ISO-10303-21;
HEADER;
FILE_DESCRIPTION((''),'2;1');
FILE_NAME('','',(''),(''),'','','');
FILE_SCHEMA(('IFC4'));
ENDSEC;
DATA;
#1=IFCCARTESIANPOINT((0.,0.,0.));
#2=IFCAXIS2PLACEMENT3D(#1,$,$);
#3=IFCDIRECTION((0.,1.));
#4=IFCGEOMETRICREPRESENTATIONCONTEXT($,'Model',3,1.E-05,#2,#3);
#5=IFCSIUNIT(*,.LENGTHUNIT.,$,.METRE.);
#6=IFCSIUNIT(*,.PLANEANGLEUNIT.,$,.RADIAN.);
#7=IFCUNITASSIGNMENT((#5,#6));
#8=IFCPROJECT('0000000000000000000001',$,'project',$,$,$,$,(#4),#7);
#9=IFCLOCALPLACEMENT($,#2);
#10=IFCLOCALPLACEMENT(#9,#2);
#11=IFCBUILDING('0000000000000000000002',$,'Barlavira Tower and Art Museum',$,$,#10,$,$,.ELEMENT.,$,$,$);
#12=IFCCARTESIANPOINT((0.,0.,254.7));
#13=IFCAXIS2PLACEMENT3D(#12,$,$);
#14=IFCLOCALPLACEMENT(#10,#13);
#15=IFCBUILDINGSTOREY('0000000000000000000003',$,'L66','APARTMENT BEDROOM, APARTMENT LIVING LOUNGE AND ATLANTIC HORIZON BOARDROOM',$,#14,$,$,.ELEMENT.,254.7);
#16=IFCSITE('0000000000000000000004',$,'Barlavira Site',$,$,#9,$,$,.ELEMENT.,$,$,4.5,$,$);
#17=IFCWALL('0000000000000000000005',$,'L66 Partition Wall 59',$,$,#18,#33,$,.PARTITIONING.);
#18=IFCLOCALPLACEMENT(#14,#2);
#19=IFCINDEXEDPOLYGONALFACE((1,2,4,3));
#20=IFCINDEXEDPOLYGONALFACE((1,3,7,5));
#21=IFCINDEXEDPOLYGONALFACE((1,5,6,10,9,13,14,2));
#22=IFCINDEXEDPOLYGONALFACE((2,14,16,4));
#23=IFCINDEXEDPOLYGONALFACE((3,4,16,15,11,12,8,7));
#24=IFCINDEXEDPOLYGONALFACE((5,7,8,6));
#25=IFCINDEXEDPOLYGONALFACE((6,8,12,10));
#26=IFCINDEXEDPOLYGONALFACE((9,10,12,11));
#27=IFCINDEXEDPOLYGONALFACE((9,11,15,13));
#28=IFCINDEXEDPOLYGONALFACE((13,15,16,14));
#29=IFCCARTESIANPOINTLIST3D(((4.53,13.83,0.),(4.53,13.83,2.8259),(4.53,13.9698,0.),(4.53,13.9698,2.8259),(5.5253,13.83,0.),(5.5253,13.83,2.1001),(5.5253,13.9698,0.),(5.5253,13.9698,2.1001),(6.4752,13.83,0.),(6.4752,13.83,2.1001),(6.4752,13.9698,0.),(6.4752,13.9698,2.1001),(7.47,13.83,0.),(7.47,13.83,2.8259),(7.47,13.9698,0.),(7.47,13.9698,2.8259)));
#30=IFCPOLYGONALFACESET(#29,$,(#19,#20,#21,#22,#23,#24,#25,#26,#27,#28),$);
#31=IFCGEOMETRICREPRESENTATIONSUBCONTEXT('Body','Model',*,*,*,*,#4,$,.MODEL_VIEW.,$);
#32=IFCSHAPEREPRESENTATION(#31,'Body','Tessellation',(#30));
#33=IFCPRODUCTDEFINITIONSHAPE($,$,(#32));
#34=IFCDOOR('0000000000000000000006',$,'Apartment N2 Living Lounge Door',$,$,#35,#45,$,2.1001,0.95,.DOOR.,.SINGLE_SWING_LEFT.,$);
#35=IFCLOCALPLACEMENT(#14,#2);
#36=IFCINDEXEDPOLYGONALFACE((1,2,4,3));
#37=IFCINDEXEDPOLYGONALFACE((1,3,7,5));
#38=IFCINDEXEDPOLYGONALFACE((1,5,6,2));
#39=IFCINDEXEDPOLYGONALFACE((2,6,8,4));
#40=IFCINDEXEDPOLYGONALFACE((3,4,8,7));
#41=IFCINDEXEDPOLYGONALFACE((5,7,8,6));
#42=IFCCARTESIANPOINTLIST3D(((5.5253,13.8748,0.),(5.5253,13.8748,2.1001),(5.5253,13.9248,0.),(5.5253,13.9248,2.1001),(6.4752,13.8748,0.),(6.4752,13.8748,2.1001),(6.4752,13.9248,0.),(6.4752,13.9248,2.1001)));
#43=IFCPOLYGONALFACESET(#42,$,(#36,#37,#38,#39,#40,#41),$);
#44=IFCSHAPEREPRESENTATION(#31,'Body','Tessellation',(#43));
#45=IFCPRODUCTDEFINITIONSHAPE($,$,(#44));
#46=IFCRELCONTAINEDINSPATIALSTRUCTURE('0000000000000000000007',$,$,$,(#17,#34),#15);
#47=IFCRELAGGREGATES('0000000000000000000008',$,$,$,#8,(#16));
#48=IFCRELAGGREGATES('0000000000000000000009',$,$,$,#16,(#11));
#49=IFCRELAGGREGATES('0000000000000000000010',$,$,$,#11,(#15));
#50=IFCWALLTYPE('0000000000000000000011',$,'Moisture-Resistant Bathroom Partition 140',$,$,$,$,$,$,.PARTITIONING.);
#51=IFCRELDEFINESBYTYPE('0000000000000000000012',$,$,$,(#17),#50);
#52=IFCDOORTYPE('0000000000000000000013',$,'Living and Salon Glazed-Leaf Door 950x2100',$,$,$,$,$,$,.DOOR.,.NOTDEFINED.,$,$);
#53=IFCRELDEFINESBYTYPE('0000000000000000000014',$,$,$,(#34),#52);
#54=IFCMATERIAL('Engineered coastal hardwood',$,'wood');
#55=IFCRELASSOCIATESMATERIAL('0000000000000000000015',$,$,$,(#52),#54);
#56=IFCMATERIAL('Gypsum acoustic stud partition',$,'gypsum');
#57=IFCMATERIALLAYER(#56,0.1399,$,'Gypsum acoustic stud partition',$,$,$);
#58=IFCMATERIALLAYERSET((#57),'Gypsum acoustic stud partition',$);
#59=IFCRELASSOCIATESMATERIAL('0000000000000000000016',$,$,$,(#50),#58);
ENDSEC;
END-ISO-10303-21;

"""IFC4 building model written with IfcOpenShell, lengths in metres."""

from ifc_helpers import new_model, si_unit, direction, frame, frame_2d, origin, place, context, subcontext, project, spatial, rectangle, extrude, material, layer, layer_set, type_object, element, fill, save


model = new_model("IFC4")

# Units and contexts
model_context = context("Model", 3, precision=1e-05, world=origin(), true_north=direction((0.0, 1.0)))
body_context = subcontext(model_context, "Body", "Model", "MODEL_VIEW")
ifc_project = project(units=[si_unit("LENGTHUNIT", "METRE"), si_unit("PLANEANGLEUNIT", "RADIAN")], contexts=[model_context])

# Site, building, storey
site_placement = place(None, origin())
site = spatial("IfcSite", under=ifc_project, at=site_placement, Name="Barlavira Site", CompositionType="ELEMENT", RefElevation=4.5)
building_placement = place(site_placement, origin())
building = spatial("IfcBuilding", under=site, at=building_placement, Name="Barlavira Tower and Art Museum", CompositionType="ELEMENT")
storey_placement = place(building_placement, frame((0.0, 0.0, 254.7)))
storey = spatial("IfcBuildingStorey", under=building, at=storey_placement, Name="L66", Description="APARTMENT BEDROOM, APARTMENT LIVING LOUNGE AND ATLANTIC HORIZON BOARDROOM", CompositionType="ELEMENT", Elevation=254.7)

# Shared definitions
ifc_material_1 = material(Name="Gypsum acoustic stud partition", Category="gypsum")
ifc_material_2 = material(Name="Engineered coastal hardwood", Category="wood")
door_type = type_object("IfcDoorType", Name="Living and Salon Glazed-Leaf Door 950x2100", OperationType="NOTDEFINED", PredefinedType="DOOR", material=ifc_material_2)

# Shared definitions
ifc_layer_1 = layer(ifc_material_1, 0.1399, Name="Gypsum acoustic stud partition")
ifc_layer_set_1 = layer_set([ifc_layer_1], Name="Gypsum acoustic stud partition")
wall_type_1 = type_object("IfcWallType", Name="Moisture-Resistant Bathroom Partition 140", PredefinedType="PARTITIONING", material=ifc_layer_set_1)

# Wall, opening, door
wall_1_placement = place(storey_placement, frame((4.53, 13.8999, 0.0), z_axis=(0.0, 0.0, 1.0), x_axis=(1.0, 0.0, 0.0)))
wall_1 = element("IfcWall", 1, at=wall_1_placement, inside=storey, type_object=wall_type_1, Name="L66 Partition Wall 59", PredefinedType="PARTITIONING", context=body_context, shape_type="SweptSolid", body=[
    extrude(rectangle(XDim=2.9399, YDim=0.1399, at=frame_2d((1.47, 0.0))), origin(), (0.0, 0.0, 1.0), 2.8259),
])
opening_1_placement = place(wall_1_placement, frame((0.9951, 0.0, 0.0)))
opening_1 = element("IfcOpeningElement", 2, at=opening_1_placement, cuts=wall_1, PredefinedType="OPENING", context=body_context, shape_type="SweptSolid", body=[
    extrude(rectangle(XDim=0.95, YDim=2.1001, at=frame_2d((0.4751, 1.05))), frame((0.0, 0.0801, 0.0), z_axis=(0.0, -1.0, 0.0), x_axis=(1.0, 0.0, 0.0)), (0.0, 0.0, 1.0), 0.1599),
])
door_1_placement = place(opening_1_placement, origin())
door_1 = element("IfcDoor", 3, at=door_1_placement, inside=storey, type_object=door_type, Name="Apartment N2 Living Lounge Door", OperationType="SINGLE_SWING_LEFT", OverallHeight=2.1001, OverallWidth=0.95, PredefinedType="DOOR", context=body_context, shape_type="SweptSolid", body=[
    extrude(rectangle(XDim=0.95, YDim=2.1001, at=frame_2d((0.4751, 1.05))), frame((0.0, 0.0249, 0.0), z_axis=(0.0, -1.0, 0.0), x_axis=(1.0, 0.0, 0.0)), (0.0, 0.0, 1.0), 0.05),
])
fill(opening_1, door_1)

save(model, "model.ifc")
